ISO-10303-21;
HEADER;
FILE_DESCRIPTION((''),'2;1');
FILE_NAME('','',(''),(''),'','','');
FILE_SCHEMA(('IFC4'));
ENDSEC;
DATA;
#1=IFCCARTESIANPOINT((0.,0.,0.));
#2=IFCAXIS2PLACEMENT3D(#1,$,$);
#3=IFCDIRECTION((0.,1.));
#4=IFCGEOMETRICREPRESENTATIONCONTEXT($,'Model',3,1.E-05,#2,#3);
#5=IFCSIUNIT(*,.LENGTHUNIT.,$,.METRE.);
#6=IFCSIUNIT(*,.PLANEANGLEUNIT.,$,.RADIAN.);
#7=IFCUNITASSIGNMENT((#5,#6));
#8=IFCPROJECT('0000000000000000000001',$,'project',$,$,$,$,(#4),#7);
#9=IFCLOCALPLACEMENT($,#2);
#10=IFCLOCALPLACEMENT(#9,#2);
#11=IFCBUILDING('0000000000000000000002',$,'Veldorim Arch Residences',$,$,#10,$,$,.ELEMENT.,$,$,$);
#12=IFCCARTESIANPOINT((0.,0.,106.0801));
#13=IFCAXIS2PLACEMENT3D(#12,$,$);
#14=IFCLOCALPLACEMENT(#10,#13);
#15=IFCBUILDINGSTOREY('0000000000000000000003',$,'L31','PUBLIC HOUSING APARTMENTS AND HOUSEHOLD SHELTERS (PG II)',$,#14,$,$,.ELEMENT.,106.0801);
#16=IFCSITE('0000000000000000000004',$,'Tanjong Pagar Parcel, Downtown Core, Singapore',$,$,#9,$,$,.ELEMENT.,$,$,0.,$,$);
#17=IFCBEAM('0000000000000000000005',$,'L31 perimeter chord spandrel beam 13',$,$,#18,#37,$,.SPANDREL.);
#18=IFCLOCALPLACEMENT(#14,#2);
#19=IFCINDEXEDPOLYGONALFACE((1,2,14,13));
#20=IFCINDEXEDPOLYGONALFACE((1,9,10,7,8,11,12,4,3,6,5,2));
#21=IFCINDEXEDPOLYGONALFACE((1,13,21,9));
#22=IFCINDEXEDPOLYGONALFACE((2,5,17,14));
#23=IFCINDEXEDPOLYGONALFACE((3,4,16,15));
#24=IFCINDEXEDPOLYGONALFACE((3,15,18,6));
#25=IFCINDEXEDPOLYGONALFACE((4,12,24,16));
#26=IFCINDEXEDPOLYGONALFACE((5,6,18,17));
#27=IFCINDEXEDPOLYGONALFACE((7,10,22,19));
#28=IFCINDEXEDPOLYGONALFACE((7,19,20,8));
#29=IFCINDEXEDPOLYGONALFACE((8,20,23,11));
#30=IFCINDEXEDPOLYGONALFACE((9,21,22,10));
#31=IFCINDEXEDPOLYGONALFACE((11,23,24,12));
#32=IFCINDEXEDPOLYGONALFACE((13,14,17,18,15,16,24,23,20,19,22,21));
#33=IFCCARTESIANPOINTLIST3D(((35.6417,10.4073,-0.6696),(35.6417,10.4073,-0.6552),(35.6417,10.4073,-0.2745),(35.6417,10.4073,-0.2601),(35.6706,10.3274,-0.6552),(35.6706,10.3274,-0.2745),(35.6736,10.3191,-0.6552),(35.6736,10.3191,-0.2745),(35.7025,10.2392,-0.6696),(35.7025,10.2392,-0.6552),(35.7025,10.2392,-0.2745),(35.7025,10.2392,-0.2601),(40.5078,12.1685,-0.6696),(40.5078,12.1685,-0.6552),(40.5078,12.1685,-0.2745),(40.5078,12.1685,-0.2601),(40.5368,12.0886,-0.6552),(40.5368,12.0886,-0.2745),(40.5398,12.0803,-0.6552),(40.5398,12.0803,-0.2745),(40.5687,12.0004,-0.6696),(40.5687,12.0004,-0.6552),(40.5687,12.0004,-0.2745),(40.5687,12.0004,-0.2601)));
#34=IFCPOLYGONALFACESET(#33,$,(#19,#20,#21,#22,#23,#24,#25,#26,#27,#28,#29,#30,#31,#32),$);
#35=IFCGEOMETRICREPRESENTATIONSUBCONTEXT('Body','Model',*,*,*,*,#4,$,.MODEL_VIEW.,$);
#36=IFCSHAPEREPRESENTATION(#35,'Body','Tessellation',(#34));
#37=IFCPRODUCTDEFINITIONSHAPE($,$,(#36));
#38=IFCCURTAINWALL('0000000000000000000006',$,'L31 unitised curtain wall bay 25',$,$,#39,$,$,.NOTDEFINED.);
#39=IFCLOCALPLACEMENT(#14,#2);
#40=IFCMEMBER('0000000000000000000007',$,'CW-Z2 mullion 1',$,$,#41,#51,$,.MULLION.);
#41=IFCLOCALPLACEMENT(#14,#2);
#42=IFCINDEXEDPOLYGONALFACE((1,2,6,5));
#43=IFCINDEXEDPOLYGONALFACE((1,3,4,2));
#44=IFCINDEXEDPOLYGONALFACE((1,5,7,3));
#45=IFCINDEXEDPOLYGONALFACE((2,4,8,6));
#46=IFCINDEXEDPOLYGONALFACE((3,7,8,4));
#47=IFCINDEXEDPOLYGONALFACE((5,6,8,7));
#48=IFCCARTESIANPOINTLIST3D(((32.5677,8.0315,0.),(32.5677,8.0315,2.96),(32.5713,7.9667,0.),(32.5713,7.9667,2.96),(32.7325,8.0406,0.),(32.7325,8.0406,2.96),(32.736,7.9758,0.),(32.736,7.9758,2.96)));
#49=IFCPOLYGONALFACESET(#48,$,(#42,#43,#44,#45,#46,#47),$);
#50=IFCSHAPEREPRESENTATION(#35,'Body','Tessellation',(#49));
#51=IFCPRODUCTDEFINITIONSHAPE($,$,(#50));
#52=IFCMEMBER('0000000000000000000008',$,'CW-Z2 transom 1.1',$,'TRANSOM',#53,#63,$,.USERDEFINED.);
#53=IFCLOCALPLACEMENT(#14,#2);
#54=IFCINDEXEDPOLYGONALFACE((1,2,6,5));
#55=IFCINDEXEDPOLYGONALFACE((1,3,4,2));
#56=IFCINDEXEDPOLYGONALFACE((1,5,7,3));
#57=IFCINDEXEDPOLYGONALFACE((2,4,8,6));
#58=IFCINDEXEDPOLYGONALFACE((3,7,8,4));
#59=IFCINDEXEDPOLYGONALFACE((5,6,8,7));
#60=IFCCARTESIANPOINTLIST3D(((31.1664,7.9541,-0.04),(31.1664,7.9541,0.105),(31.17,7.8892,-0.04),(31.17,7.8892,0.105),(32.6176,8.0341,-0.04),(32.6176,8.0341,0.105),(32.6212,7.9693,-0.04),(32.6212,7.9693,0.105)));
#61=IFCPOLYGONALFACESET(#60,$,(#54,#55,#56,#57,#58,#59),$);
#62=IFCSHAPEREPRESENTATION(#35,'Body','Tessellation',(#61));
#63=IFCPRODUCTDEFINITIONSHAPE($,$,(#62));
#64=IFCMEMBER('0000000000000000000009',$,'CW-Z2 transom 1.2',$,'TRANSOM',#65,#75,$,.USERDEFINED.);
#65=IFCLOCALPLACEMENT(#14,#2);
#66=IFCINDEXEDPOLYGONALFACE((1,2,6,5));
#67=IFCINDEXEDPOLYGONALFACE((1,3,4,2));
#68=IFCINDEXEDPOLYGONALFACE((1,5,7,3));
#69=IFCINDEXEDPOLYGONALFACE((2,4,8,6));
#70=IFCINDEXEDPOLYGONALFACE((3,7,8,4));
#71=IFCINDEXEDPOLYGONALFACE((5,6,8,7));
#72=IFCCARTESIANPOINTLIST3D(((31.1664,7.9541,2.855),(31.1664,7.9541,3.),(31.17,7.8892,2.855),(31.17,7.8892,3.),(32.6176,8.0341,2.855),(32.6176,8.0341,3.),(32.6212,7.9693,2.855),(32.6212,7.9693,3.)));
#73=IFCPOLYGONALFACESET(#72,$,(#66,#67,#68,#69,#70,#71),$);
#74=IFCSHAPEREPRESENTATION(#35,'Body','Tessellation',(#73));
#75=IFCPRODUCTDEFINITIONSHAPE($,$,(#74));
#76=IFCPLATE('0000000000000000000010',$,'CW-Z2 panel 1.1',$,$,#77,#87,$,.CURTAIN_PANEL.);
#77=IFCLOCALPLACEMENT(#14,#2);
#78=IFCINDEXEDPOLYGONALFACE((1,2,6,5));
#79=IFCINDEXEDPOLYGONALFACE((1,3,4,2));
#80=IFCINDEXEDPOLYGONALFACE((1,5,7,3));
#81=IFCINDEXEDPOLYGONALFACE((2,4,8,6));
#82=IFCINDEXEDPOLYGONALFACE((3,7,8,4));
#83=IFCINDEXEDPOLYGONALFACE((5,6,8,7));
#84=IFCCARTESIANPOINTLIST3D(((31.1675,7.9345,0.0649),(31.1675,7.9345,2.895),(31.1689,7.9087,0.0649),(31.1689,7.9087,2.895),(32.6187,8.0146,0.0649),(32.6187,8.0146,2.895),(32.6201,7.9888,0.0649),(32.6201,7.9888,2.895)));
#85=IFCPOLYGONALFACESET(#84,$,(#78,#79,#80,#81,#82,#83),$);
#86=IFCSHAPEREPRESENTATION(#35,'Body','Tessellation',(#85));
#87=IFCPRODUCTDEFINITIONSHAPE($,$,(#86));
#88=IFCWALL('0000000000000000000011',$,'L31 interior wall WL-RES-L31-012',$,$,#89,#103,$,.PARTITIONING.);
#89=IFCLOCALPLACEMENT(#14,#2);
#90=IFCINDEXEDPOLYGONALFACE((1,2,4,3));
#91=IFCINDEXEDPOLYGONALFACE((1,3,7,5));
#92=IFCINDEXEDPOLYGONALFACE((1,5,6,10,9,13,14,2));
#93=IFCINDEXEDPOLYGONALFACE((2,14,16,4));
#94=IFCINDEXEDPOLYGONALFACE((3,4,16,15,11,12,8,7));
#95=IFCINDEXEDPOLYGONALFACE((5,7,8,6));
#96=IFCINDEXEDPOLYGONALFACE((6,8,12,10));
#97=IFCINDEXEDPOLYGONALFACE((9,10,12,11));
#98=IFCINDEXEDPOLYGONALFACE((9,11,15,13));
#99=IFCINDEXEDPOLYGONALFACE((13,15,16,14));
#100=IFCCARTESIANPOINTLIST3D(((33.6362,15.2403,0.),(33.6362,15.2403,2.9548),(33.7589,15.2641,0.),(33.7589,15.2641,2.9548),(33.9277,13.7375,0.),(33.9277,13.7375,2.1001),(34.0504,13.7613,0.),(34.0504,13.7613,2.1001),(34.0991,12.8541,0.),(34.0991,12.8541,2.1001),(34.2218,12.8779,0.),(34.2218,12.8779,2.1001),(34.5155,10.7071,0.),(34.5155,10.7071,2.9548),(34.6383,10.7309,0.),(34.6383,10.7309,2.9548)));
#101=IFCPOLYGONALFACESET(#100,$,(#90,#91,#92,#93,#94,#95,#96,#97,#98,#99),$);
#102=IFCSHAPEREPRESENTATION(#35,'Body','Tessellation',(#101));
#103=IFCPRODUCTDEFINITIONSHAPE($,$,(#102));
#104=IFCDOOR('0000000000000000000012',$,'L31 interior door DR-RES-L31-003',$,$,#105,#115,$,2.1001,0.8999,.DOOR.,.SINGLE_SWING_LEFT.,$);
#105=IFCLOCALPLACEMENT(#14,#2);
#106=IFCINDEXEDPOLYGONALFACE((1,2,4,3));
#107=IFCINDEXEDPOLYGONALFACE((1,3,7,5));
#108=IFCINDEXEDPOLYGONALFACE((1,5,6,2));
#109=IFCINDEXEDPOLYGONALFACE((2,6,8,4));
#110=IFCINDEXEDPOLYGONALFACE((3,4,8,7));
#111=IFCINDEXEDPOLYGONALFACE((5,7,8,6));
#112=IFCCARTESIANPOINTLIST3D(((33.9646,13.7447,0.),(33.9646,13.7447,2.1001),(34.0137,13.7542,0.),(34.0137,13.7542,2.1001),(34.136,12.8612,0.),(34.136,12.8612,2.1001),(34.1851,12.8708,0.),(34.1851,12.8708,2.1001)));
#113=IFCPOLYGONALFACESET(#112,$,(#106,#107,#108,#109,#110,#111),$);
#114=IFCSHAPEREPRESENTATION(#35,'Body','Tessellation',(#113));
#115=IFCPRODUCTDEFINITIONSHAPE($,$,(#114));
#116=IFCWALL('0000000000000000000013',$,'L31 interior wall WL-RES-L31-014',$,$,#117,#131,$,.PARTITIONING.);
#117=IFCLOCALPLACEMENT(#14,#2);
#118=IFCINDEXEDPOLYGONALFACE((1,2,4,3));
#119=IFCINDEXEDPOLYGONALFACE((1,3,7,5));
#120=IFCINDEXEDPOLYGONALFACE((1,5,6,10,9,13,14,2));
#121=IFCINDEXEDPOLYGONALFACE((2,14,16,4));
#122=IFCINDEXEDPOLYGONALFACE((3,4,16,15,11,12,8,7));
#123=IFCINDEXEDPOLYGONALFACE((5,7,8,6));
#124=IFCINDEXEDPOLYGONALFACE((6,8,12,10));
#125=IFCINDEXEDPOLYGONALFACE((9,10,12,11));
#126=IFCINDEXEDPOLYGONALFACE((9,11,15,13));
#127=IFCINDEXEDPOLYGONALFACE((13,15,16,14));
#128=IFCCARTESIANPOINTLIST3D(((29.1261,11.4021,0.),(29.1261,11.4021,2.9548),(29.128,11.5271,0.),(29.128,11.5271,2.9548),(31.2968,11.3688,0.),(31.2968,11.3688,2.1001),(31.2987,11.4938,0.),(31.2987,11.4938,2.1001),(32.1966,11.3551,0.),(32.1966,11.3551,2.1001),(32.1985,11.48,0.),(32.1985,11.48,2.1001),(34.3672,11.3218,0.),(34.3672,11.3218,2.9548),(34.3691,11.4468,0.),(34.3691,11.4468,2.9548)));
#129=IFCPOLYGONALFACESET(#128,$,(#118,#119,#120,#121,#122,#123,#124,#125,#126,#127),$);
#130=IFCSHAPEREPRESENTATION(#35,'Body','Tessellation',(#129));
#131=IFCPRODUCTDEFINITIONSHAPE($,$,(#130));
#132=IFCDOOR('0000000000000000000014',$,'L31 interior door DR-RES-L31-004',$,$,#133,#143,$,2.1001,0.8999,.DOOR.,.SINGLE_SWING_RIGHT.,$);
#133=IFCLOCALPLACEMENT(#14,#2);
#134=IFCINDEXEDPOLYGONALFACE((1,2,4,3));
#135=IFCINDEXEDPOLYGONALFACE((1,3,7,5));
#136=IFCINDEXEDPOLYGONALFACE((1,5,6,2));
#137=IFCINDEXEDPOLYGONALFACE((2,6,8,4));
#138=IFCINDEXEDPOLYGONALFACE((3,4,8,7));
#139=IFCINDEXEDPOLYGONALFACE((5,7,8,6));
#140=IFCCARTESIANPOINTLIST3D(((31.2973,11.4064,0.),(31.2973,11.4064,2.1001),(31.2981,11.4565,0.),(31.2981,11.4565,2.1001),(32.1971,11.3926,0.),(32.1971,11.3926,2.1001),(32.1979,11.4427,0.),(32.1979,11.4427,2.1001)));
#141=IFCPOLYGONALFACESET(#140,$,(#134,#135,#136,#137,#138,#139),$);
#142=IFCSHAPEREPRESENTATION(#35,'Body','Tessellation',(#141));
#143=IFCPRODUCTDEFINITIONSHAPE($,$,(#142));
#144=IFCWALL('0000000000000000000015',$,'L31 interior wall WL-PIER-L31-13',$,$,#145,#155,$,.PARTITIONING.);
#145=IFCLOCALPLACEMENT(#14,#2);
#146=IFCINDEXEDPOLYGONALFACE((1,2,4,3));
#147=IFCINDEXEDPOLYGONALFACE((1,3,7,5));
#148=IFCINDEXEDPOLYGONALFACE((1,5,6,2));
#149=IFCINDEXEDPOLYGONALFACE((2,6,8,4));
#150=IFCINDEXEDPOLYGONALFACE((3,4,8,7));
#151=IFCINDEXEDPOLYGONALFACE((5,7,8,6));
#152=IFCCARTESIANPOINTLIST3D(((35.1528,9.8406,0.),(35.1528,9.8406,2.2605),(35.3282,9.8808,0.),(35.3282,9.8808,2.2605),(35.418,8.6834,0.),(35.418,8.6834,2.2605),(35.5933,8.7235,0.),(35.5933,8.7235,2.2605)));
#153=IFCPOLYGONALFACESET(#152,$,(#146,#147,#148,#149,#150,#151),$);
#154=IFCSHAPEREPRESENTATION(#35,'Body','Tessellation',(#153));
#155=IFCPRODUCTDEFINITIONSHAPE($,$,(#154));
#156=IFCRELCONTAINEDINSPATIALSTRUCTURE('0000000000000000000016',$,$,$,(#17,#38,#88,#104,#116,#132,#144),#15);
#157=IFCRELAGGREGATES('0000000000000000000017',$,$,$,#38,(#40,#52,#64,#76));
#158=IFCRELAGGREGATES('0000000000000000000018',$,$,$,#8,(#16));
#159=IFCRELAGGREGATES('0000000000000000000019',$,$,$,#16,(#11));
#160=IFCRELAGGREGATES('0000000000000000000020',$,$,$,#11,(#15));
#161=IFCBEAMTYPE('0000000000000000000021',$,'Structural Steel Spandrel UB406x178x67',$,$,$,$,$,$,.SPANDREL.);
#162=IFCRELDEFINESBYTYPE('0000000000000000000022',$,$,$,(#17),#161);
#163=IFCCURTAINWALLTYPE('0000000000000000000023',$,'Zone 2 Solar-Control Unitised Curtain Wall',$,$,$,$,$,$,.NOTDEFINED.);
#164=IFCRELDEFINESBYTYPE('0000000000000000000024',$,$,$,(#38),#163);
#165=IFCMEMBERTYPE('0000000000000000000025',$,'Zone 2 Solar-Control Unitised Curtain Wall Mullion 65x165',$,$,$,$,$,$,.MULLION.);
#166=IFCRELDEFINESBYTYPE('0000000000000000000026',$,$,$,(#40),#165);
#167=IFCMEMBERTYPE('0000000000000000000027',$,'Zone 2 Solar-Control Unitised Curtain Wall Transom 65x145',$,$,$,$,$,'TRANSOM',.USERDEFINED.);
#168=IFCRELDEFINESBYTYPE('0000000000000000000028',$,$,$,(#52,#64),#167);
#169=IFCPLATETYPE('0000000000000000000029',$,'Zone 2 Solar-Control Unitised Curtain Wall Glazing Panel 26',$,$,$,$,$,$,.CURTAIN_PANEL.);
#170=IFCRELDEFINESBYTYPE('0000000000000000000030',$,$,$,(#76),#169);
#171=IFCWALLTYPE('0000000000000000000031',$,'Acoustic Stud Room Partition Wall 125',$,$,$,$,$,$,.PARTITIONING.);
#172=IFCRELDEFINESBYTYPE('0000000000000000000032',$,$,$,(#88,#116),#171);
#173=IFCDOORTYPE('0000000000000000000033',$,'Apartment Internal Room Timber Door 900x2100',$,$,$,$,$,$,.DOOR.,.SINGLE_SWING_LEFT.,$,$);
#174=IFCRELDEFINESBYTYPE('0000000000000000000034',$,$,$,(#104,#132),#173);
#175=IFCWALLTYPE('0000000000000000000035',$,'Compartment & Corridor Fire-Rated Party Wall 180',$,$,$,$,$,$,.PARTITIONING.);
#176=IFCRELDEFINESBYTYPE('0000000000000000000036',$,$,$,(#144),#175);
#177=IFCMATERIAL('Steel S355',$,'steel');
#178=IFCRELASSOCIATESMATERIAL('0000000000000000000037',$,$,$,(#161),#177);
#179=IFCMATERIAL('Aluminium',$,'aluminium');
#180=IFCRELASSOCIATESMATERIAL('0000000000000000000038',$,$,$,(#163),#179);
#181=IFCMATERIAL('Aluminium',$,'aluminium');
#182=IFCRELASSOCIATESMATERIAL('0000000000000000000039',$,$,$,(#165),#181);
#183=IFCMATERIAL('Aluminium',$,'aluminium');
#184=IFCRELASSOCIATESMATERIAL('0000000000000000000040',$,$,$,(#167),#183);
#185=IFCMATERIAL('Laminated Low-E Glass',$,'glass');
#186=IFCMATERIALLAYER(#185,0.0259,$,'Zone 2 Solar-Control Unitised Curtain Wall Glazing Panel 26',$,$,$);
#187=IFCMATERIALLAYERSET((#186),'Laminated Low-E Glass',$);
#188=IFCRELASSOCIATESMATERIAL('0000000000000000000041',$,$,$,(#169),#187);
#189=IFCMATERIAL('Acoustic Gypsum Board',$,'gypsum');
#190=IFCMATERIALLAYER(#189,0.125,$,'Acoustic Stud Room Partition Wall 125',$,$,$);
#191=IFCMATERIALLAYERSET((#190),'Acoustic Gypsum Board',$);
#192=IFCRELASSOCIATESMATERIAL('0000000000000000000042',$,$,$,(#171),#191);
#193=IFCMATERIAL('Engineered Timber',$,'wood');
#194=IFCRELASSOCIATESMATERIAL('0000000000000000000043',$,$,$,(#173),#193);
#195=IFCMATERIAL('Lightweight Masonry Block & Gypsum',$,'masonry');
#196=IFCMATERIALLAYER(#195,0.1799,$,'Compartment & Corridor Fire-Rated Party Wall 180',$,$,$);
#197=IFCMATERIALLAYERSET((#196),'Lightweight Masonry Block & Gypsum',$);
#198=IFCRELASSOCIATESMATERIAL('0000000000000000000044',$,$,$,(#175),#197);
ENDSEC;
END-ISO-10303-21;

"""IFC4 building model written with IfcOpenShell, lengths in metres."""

from ifc_helpers import new_model, si_unit, direction, frame, frame_2d, origin, origin_2d, place, context, subcontext, project, spatial, rectangle, i_section, extrude, material, layer, layer_set, material_profile, profile_set, type_object, element, fill, aggregate, save


model = new_model("IFC4")

# Units and contexts
model_context = context("Model", 3, precision=1e-05, world=origin(), true_north=direction((0.0, 1.0)))
body_context = subcontext(model_context, "Body", "Model", "MODEL_VIEW")
ifc_project = project(units=[si_unit("LENGTHUNIT", "METRE"), si_unit("PLANEANGLEUNIT", "RADIAN")], contexts=[model_context])

# Site, building, storey
site_placement = place(None, origin())
site = spatial("IfcSite", under=ifc_project, at=site_placement, Name="Tanjong Pagar Parcel, Downtown Core, Singapore", CompositionType="ELEMENT", RefElevation=0.0)
building_placement = place(site_placement, origin())
building = spatial("IfcBuilding", under=site, at=building_placement, Name="Veldorim Arch Residences", CompositionType="ELEMENT")
storey_placement = place(building_placement, frame((0.0, 0.0, 106.0801)))
storey = spatial("IfcBuildingStorey", under=building, at=storey_placement, Name="L31", Description="PUBLIC HOUSING APARTMENTS AND HOUSEHOLD SHELTERS (PG II)", CompositionType="ELEMENT", Elevation=106.0801)

# Beam
ifc_material_1 = material(Name="Steel S355", Category="steel")
ifc_material_profile_1 = material_profile(ifc_material_1, i_section(OverallWidth=0.1787, OverallDepth=0.4094, WebThickness=0.0088, FlangeThickness=0.0144, at=origin_2d()), Name="UB406x178x67")
ifc_profile_set_1 = profile_set([ifc_material_profile_1], Name="Steel S355")
beam_type_1 = type_object("IfcBeamType", Name="Structural Steel Spandrel UB406x178x67", PredefinedType="SPANDREL", material=ifc_profile_set_1)
beam_1_placement = place(storey_placement, frame((35.6721, 10.3232, -0.4648), z_axis=(0.940308, 0.340326, 0.0), x_axis=(-0.340326, 0.940308, 0.0)))
element("IfcBeam", 1, at=beam_1_placement, inside=storey, type_object=beam_type_1, Name="L31 perimeter chord spandrel beam 13", PredefinedType="SPANDREL", context=body_context, shape_type="SweptSolid", body=[
    extrude(i_section(OverallWidth=0.1787, OverallDepth=0.4094, WebThickness=0.0088, FlangeThickness=0.0144, at=origin_2d()), origin(), (0.0, 0.0, 1.0), 5.175),
])

# Curtain wall, members, plate
ifc_material_2 = material(Name="Aluminium", Category="aluminium")
curtain_wall_type = type_object("IfcCurtainWallType", Name="Zone 2 Solar-Control Unitised Curtain Wall", PredefinedType="NOTDEFINED", material=ifc_material_2)
curtain_wall_placement = place(storey_placement, origin())
curtain_wall = element("IfcCurtainWall", 2, at=curtain_wall_placement, inside=storey, type_object=curtain_wall_type, Name="L31 unitised curtain wall bay 25", PredefinedType="NOTDEFINED")
ifc_material_3 = material(Name="Aluminium", Category="aluminium")
ifc_material_profile_2 = material_profile(ifc_material_3, rectangle(XDim=0.0649, YDim=0.165, at=origin_2d()), Name="ALU_MUL_65x165")
ifc_profile_set_2 = profile_set([ifc_material_profile_2], Name="Aluminium")
member_type_1 = type_object("IfcMemberType", Name="Zone 2 Solar-Control Unitised Curtain Wall Mullion 65x165", PredefinedType="MULLION", material=ifc_profile_set_2)
member_1_placement = place(storey_placement, frame((32.6519, 8.0037, 0.0), z_axis=(0.0, 0.0, 1.0), x_axis=(0.055127, -0.998479, 0.0)))
member_1 = element("IfcMember", 3, at=member_1_placement, type_object=member_type_1, Name="CW-Z2 mullion 1", PredefinedType="MULLION", context=body_context, shape_type="SweptSolid", body=[
    extrude(rectangle(XDim=0.0649, YDim=0.165, at=origin_2d()), origin(), (0.0, 0.0, 1.0), 2.96),
])
ifc_material_4 = material(Name="Aluminium", Category="aluminium")
ifc_material_profile_3 = material_profile(ifc_material_4, rectangle(XDim=0.0649, YDim=0.145, at=origin_2d()), Name="ALU_TRN_65x145")
ifc_profile_set_3 = profile_set([ifc_material_profile_3], Name="Aluminium")
member_type_2 = type_object("IfcMemberType", Name="Zone 2 Solar-Control Unitised Curtain Wall Transom 65x145", ElementType="TRANSOM", PredefinedType="USERDEFINED", material=ifc_profile_set_3)
member_2_placement = place(storey_placement, frame((32.6194, 8.0017, 0.0325), z_axis=(-0.998481, -0.055098, 0.0), x_axis=(0.055098, -0.998481, 0.0)))
member_2 = element("IfcMember", 4, at=member_2_placement, type_object=member_type_2, Name="CW-Z2 transom 1.1", ObjectType="TRANSOM", PredefinedType="USERDEFINED", context=body_context, shape_type="SweptSolid", body=[
    extrude(rectangle(XDim=0.0649, YDim=0.145, at=origin_2d()), origin(), (0.0, 0.0, 1.0), 1.4534),
])
member_3_placement = place(storey_placement, frame((32.6194, 8.0017, 2.9275), z_axis=(-0.998481, -0.055098, 0.0), x_axis=(0.055098, -0.998481, 0.0)))
member_3 = element("IfcMember", 5, at=member_3_placement, type_object=member_type_2, Name="CW-Z2 transom 1.2", ObjectType="TRANSOM", PredefinedType="USERDEFINED", context=body_context, shape_type="SweptSolid", body=[
    extrude(rectangle(XDim=0.0649, YDim=0.145, at=origin_2d()), origin(), (0.0, 0.0, 1.0), 1.4534),
])
ifc_material_5 = material(Name="Laminated Low-E Glass", Category="glass")
ifc_layer_1 = layer(ifc_material_5, 0.0259, Name="Zone 2 Solar-Control Unitised Curtain Wall Glazing Panel 26")
ifc_layer_set_1 = layer_set([ifc_layer_1], Name="Laminated Low-E Glass")
plate_type = type_object("IfcPlateType", Name="Zone 2 Solar-Control Unitised Curtain Wall Glazing Panel 26", PredefinedType="CURTAIN_PANEL", material=ifc_layer_set_1)
plate_placement = place(storey_placement, frame((31.8938, 7.9617, 0.0649), z_axis=(0.0, 0.0, 1.0), x_axis=(-0.998479, -0.055127, 0.0)))
plate = element("IfcPlate", 6, at=plate_placement, type_object=plate_type, Name="CW-Z2 panel 1.1", PredefinedType="CURTAIN_PANEL", context=body_context, shape_type="SweptSolid", body=[
    extrude(rectangle(XDim=1.4534, YDim=0.0259, at=origin_2d()), origin(), (0.0, 0.0, 1.0), 2.8301),
])
aggregate(curtain_wall, [member_1, member_2, member_3, plate])

# Walls, openings, doors
ifc_material_6 = material(Name="Acoustic Gypsum Board", Category="gypsum")
ifc_layer_2 = layer(ifc_material_6, 0.125, Name="Acoustic Stud Room Partition Wall 125")
ifc_layer_set_2 = layer_set([ifc_layer_2], Name="Acoustic Gypsum Board")
wall_type_1 = type_object("IfcWallType", Name="Acoustic Stud Room Partition Wall 125", PredefinedType="PARTITIONING", material=ifc_layer_set_2)
wall_1_placement = place(storey_placement, frame((34.5769, 10.719, 0.0), z_axis=(0.0, 0.0, 1.0), x_axis=(-0.190439, 0.981699, 0.0)))
wall_1 = element("IfcWall", 7, at=wall_1_placement, inside=storey, type_object=wall_type_1, Name="L31 interior wall WL-RES-L31-012", PredefinedType="PARTITIONING", context=body_context, shape_type="SweptSolid", body=[
    extrude(rectangle(XDim=4.6177, YDim=0.125, at=frame_2d((2.3088, 0.0))), origin(), (0.0, 0.0, 1.0), 2.9548),
])
opening_1_placement = place(wall_1_placement, frame((2.187, 0.0, 0.0)))
opening_1 = element("IfcOpeningElement", 8, at=opening_1_placement, cuts=wall_1, PredefinedType="OPENING", context=body_context, shape_type="SweptSolid", body=[
    extrude(rectangle(XDim=0.8999, YDim=2.1001, at=frame_2d((0.45, 1.05))), frame((0.0, 0.0725, 0.0), z_axis=(0.0, -1.0, 0.0), x_axis=(1.0, 0.0, 0.0)), (0.0, 0.0, 1.0), 0.145),
])
ifc_material_7 = material(Name="Engineered Timber", Category="wood")
door_type_1 = type_object("IfcDoorType", Name="Apartment Internal Room Timber Door 900x2100", OperationType="SINGLE_SWING_LEFT", PredefinedType="DOOR", material=ifc_material_7)
door_1_placement = place(opening_1_placement, origin())
door_1 = element("IfcDoor", 9, at=door_1_placement, inside=storey, type_object=door_type_1, Name="L31 interior door DR-RES-L31-003", OperationType="SINGLE_SWING_LEFT", OverallHeight=2.1001, OverallWidth=0.8999, PredefinedType="DOOR", context=body_context, shape_type="SweptSolid", body=[
    extrude(rectangle(XDim=0.8999, YDim=2.1001, at=frame_2d((0.45, 1.05))), frame((0.0, 0.0249, 0.0), z_axis=(0.0, -1.0, 0.0), x_axis=(1.0, 0.0, 0.0)), (0.0, 0.0, 1.0), 0.05),
])
fill(opening_1, door_1)
wall_2_placement = place(storey_placement, frame((34.3682, 11.3843, 0.0), z_axis=(0.0, 0.0, 1.0), x_axis=(-0.999883, 0.015324, 0.0)))
wall_2 = element("IfcWall", 10, at=wall_2_placement, inside=storey, type_object=wall_type_1, Name="L31 interior wall WL-RES-L31-014", PredefinedType="PARTITIONING", context=body_context, shape_type="SweptSolid", body=[
    extrude(rectangle(XDim=5.2417, YDim=0.125, at=frame_2d((2.6208, 0.0))), origin(), (0.0, 0.0, 1.0), 2.9548),
])
opening_2_placement = place(wall_2_placement, frame((2.1709, 0.0, 0.0)))
opening_2 = element("IfcOpeningElement", 11, at=opening_2_placement, cuts=wall_2, PredefinedType="OPENING", context=body_context, shape_type="SweptSolid", body=[
    extrude(rectangle(XDim=0.8999, YDim=2.1001, at=frame_2d((0.45, 1.05))), frame((0.0, 0.0725, 0.0), z_axis=(0.0, -1.0, 0.0), x_axis=(1.0, 0.0, 0.0)), (0.0, 0.0, 1.0), 0.145),
])
door_2_placement = place(opening_2_placement, origin())
door_2 = element("IfcDoor", 12, at=door_2_placement, inside=storey, type_object=door_type_1, Name="L31 interior door DR-RES-L31-004", OperationType="SINGLE_SWING_RIGHT", OverallHeight=2.1001, OverallWidth=0.8999, PredefinedType="DOOR", context=body_context, shape_type="SweptSolid", body=[
    extrude(rectangle(XDim=0.8999, YDim=2.1001, at=frame_2d((0.45, 1.05))), frame((0.0, 0.0249, 0.0), z_axis=(0.0, -1.0, 0.0), x_axis=(1.0, 0.0, 0.0)), (0.0, 0.0, 1.0), 0.05),
])
fill(opening_2, door_2)

# Wall
ifc_material_8 = material(Name="Lightweight Masonry Block & Gypsum", Category="masonry")
ifc_layer_3 = layer(ifc_material_8, 0.1799, Name="Compartment & Corridor Fire-Rated Party Wall 180")
ifc_layer_set_3 = layer_set([ifc_layer_3], Name="Lightweight Masonry Block & Gypsum")
wall_type_2 = type_object("IfcWallType", Name="Compartment & Corridor Fire-Rated Party Wall 180", PredefinedType="PARTITIONING", material=ifc_layer_set_3)
wall_3_placement = place(storey_placement, frame((35.2405, 9.8608, 0.0), z_axis=(0.0, 0.0, 1.0), x_axis=(0.223327, -0.974744, 0.0)))
element("IfcWall", 13, at=wall_3_placement, inside=storey, type_object=wall_type_2, Name="L31 interior wall WL-PIER-L31-13", PredefinedType="PARTITIONING", context=body_context, shape_type="SweptSolid", body=[
    extrude(rectangle(XDim=1.1873, YDim=0.1799, at=frame_2d((0.5938, 0.0))), origin(), (0.0, 0.0, 1.0), 2.2605),
])

save(model, "model.ifc")
